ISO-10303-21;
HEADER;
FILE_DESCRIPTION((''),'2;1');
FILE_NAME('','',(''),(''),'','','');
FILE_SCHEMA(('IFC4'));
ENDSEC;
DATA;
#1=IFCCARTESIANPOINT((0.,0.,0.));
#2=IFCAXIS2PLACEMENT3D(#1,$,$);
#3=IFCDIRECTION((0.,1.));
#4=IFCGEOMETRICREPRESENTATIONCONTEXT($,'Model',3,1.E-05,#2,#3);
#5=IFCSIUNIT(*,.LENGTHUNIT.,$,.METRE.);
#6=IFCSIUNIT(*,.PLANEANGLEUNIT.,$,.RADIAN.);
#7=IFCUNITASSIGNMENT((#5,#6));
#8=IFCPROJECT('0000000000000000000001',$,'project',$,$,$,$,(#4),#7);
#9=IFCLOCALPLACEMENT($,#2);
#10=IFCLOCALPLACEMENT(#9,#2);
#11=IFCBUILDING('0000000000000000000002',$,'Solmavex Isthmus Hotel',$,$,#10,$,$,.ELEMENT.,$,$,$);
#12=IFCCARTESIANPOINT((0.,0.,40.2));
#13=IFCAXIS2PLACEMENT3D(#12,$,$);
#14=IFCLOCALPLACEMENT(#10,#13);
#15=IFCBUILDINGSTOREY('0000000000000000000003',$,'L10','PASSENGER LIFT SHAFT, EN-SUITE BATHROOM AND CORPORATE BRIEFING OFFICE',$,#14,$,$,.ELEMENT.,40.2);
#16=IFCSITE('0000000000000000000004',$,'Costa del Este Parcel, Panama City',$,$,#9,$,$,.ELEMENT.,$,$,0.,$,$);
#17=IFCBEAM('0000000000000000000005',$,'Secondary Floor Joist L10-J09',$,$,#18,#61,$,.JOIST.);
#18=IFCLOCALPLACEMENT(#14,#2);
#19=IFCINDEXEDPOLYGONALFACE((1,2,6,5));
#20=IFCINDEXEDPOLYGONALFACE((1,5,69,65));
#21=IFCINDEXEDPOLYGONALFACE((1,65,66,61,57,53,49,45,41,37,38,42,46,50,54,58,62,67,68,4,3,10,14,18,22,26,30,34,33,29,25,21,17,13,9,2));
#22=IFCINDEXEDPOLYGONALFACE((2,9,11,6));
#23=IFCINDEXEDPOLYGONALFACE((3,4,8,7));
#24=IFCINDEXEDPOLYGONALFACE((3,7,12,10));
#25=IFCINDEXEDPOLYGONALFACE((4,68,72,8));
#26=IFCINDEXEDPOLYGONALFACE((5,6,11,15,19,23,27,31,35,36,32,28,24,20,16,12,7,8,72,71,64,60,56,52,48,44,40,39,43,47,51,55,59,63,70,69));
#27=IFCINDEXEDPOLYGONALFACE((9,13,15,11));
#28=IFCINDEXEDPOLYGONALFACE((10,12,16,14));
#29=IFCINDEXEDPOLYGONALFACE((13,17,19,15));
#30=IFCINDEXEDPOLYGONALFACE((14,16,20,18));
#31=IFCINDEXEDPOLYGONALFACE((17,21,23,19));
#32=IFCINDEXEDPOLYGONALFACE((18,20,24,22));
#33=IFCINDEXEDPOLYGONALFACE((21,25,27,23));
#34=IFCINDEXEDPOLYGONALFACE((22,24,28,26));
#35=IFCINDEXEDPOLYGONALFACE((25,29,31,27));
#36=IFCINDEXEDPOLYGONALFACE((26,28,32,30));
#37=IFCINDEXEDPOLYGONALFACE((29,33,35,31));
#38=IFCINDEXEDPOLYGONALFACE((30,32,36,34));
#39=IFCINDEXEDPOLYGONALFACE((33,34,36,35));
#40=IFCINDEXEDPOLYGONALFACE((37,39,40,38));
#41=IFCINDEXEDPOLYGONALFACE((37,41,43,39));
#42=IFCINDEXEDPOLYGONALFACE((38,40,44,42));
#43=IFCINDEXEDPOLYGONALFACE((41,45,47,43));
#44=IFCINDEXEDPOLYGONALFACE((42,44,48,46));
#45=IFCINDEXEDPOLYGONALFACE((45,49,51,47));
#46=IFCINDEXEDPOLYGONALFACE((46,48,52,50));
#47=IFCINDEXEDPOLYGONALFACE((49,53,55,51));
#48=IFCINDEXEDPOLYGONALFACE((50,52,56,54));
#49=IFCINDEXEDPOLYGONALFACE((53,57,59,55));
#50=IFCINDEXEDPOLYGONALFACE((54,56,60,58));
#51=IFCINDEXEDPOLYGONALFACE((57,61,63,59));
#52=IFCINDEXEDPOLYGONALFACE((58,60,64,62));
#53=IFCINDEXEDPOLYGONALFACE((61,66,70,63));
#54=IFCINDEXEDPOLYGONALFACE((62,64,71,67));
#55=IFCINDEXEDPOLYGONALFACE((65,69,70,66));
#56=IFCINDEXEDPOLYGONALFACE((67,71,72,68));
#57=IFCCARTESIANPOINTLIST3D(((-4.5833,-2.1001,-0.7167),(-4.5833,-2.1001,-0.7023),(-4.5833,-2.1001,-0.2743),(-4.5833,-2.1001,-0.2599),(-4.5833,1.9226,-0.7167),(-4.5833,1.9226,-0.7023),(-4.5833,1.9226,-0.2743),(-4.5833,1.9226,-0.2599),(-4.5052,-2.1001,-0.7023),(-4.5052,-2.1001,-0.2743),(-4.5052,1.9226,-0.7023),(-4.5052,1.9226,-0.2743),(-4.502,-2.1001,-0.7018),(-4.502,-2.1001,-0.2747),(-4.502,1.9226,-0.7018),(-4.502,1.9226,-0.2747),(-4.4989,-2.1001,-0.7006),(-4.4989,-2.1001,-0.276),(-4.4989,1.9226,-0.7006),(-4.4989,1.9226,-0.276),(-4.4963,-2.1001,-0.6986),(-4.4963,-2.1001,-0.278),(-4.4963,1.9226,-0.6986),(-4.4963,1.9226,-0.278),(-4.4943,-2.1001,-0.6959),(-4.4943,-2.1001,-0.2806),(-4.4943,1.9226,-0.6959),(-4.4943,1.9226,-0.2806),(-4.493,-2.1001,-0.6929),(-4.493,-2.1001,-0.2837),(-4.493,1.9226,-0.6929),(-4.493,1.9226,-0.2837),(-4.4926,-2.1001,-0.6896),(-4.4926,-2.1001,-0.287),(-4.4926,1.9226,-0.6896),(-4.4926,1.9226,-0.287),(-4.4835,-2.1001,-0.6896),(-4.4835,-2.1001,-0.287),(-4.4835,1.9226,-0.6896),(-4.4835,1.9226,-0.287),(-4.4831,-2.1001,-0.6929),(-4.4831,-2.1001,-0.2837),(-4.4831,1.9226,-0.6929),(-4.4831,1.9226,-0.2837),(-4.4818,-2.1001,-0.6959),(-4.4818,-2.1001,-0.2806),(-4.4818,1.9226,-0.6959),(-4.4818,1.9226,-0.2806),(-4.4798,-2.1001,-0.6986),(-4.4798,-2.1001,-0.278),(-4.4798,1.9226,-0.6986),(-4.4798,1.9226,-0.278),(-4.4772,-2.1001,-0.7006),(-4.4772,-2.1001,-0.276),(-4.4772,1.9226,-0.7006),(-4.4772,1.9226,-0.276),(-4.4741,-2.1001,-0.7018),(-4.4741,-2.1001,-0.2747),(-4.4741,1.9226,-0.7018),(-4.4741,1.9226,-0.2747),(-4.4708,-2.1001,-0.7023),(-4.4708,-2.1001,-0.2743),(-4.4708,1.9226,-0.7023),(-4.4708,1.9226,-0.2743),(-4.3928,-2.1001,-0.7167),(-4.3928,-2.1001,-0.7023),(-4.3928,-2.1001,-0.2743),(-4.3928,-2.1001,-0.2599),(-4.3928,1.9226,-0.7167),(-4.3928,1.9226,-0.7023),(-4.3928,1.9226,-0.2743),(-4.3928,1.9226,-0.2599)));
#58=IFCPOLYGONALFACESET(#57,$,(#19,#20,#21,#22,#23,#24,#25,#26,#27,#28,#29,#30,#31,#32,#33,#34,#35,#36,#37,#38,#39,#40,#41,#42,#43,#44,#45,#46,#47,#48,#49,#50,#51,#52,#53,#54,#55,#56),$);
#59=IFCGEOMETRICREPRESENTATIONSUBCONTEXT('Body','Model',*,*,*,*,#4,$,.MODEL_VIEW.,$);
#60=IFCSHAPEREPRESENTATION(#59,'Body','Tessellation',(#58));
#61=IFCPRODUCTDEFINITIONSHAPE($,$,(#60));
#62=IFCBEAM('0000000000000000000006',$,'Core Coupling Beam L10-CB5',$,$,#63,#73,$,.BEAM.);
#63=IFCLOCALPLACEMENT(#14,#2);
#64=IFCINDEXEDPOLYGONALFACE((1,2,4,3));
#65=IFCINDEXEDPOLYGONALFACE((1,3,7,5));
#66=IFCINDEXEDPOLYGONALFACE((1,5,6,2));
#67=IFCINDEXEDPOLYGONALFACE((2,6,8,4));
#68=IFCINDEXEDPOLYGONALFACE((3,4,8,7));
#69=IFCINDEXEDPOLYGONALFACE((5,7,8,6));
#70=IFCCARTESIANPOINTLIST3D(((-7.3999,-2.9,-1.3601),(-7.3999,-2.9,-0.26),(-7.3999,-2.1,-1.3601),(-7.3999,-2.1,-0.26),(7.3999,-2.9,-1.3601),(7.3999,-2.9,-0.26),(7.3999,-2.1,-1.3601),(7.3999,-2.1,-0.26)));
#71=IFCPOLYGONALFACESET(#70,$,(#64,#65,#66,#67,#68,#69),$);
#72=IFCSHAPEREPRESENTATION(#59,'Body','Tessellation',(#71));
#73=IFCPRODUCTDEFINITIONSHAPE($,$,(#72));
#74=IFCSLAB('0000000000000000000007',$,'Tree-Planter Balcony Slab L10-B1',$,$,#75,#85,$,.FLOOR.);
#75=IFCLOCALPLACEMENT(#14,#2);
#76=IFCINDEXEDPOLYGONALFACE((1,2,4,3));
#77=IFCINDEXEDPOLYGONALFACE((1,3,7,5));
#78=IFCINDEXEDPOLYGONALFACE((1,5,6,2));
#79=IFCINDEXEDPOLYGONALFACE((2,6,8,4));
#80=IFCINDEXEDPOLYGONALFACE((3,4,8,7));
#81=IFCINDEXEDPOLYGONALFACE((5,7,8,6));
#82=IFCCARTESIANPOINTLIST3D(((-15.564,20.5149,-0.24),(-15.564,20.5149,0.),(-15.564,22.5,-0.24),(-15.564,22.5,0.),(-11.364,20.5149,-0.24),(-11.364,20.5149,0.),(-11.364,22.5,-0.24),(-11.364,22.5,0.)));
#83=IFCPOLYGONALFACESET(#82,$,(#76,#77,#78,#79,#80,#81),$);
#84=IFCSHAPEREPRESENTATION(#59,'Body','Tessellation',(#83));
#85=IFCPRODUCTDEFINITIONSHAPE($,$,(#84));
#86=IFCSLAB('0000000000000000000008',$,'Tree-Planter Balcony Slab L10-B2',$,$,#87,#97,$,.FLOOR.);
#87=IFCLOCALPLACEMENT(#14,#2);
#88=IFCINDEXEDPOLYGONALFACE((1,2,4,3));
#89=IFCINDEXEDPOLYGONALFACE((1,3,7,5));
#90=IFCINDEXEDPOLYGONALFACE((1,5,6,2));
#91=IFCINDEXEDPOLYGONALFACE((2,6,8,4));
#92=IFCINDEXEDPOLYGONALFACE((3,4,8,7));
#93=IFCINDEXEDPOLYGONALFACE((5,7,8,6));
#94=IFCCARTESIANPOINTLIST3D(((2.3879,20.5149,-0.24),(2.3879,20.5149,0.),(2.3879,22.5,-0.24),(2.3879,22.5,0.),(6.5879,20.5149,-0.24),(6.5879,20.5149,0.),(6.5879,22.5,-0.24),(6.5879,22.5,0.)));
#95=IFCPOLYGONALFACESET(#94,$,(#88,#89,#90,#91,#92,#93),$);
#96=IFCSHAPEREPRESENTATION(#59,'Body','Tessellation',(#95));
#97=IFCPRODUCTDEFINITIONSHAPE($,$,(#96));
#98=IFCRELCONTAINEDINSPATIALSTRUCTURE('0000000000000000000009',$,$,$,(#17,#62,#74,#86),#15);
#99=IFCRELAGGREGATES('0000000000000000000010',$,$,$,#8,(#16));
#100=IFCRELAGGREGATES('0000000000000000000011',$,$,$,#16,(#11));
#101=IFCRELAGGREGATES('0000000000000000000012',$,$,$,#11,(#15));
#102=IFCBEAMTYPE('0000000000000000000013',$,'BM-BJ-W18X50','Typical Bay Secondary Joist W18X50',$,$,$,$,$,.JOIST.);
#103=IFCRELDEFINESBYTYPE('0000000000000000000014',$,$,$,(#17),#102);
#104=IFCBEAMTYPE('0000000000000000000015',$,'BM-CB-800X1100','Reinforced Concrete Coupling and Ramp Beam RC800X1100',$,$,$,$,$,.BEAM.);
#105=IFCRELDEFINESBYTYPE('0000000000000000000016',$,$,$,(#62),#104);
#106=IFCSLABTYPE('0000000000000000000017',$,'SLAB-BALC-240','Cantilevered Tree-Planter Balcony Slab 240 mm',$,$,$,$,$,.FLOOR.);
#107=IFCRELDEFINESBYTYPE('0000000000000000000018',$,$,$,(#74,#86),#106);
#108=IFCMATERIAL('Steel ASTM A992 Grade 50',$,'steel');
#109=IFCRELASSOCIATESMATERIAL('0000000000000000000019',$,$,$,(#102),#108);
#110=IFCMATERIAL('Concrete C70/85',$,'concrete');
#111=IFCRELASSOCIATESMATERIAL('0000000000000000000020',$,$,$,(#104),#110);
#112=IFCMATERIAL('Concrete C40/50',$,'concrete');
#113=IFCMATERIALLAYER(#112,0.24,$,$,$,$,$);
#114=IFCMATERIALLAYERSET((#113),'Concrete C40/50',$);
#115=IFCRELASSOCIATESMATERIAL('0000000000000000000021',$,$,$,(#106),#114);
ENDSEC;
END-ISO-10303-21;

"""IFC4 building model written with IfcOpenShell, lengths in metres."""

from ifc_helpers import new_model, si_unit, direction, frame, origin, origin_2d, place, context, subcontext, project, spatial, polyline, rectangle, i_section, outline, extrude, material, layer, layer_set, material_profile, profile_set, type_object, element, save


model = new_model("IFC4")

# Units and contexts
model_context = context("Model", 3, precision=1e-05, world=origin(), true_north=direction((0.0, 1.0)))
body_context = subcontext(model_context, "Body", "Model", "MODEL_VIEW")
ifc_project = project(units=[si_unit("LENGTHUNIT", "METRE"), si_unit("PLANEANGLEUNIT", "RADIAN")], contexts=[model_context])

# Site, building, storey
site_placement = place(None, origin())
site = spatial("IfcSite", under=ifc_project, at=site_placement, Name="Costa del Este Parcel, Panama City", CompositionType="ELEMENT", RefElevation=0.0)
building_placement = place(site_placement, origin())
building = spatial("IfcBuilding", under=site, at=building_placement, Name="Solmavex Isthmus Hotel", CompositionType="ELEMENT")
storey_placement = place(building_placement, frame((0.0, 0.0, 40.2)))
storey = spatial("IfcBuildingStorey", under=building, at=storey_placement, Name="L10", Description="PASSENGER LIFT SHAFT, EN-SUITE BATHROOM AND CORPORATE BRIEFING OFFICE", CompositionType="ELEMENT", Elevation=40.2)

# Shared definitions
ifc_material_1 = material(Name="Concrete C70/85", Category="concrete")

# Beams
ifc_material_2 = material(Name="Steel ASTM A992 Grade 50", Category="steel")
ifc_material_profile_1 = material_profile(ifc_material_2, i_section(OverallWidth=0.1904, OverallDepth=0.4568, WebThickness=0.009, FlangeThickness=0.0144, FilletRadius=0.0127, at=origin_2d()), Name="W18X50")
ifc_profile_set_1 = profile_set([ifc_material_profile_1], Name="Steel ASTM A992 Grade 50")
beam_type_1 = type_object("IfcBeamType", Name="BM-BJ-W18X50", Description="Typical Bay Secondary Joist W18X50", PredefinedType="JOIST", material=ifc_profile_set_1)
for number, where, z_axis, x_axis, name in (
    (1, (-4.488, -2.1001, -0.4883), (0.0, 1.0, 0.0), (-1.0, 0.0, 0.0), "Secondary Floor Joist L10-J09"),
):
    element("IfcBeam", number, at=place(storey_placement, frame(where, z_axis=z_axis, x_axis=x_axis)), inside=storey, type_object=beam_type_1, Name=name, PredefinedType="JOIST", context=body_context, shape_type="SweptSolid", body=[
        extrude(i_section(OverallWidth=0.1904, OverallDepth=0.4568, WebThickness=0.009, FlangeThickness=0.0144, FilletRadius=0.0127, at=origin_2d()), origin(), (0.0, 0.0, 1.0), 4.0227),
    ])
ifc_material_profile_2 = material_profile(ifc_material_1, rectangle(XDim=0.8, YDim=1.1001, at=origin_2d()), Name="RC800X1100")
ifc_profile_set_2 = profile_set([ifc_material_profile_2], Name="Concrete C70/85")
beam_type_2 = type_object("IfcBeamType", Name="BM-CB-800X1100", Description="Reinforced Concrete Coupling and Ramp Beam RC800X1100", PredefinedType="BEAM", material=ifc_profile_set_2)
beam_placement = place(storey_placement, frame((-7.3999, -2.5, -0.8101), z_axis=(1.0, 0.0, 0.0), x_axis=(0.0, 1.0, 0.0)))
element("IfcBeam", 2, at=beam_placement, inside=storey, type_object=beam_type_2, Name="Core Coupling Beam L10-CB5", PredefinedType="BEAM", context=body_context, shape_type="SweptSolid", body=[
    extrude(rectangle(XDim=0.8, YDim=1.1001, at=origin_2d()), origin(), (0.0, 0.0, 1.0), 14.7998),
])

# Slabs
ifc_material_3 = material(Name="Concrete C40/50", Category="concrete")
ifc_layer_1 = layer(ifc_material_3, 0.24)
ifc_layer_set_1 = layer_set([ifc_layer_1], Name="Concrete C40/50")
slab_type_1 = type_object("IfcSlabType", Name="SLAB-BALC-240", Description="Cantilevered Tree-Planter Balcony Slab 240 mm", PredefinedType="FLOOR", material=ifc_layer_set_1)
slab_1_placement = place(storey_placement, frame((0.0, 0.0, -0.24)))
element("IfcSlab", 3, at=slab_1_placement, inside=storey, type_object=slab_type_1, Name="Tree-Planter Balcony Slab L10-B1", PredefinedType="FLOOR", context=body_context, shape_type="SweptSolid", body=[
    extrude(outline(polyline([(-15.564, 20.5149), (-11.364, 20.5149), (-11.364, 22.5), (-15.564, 22.5), (-15.564, 20.5149)])), origin(), (0.0, 0.0, 1.0), 0.24),
])
slab_2_placement = place(storey_placement, frame((0.0, 0.0, -0.24)))
element("IfcSlab", 4, at=slab_2_placement, inside=storey, type_object=slab_type_1, Name="Tree-Planter Balcony Slab L10-B2", PredefinedType="FLOOR", context=body_context, shape_type="SweptSolid", body=[
    extrude(outline(polyline([(2.3879, 20.5149), (6.5879, 20.5149), (6.5879, 22.5), (2.3879, 22.5), (2.3879, 20.5149)])), origin(), (0.0, 0.0, 1.0), 0.24),
])

save(model, "model.ifc")
